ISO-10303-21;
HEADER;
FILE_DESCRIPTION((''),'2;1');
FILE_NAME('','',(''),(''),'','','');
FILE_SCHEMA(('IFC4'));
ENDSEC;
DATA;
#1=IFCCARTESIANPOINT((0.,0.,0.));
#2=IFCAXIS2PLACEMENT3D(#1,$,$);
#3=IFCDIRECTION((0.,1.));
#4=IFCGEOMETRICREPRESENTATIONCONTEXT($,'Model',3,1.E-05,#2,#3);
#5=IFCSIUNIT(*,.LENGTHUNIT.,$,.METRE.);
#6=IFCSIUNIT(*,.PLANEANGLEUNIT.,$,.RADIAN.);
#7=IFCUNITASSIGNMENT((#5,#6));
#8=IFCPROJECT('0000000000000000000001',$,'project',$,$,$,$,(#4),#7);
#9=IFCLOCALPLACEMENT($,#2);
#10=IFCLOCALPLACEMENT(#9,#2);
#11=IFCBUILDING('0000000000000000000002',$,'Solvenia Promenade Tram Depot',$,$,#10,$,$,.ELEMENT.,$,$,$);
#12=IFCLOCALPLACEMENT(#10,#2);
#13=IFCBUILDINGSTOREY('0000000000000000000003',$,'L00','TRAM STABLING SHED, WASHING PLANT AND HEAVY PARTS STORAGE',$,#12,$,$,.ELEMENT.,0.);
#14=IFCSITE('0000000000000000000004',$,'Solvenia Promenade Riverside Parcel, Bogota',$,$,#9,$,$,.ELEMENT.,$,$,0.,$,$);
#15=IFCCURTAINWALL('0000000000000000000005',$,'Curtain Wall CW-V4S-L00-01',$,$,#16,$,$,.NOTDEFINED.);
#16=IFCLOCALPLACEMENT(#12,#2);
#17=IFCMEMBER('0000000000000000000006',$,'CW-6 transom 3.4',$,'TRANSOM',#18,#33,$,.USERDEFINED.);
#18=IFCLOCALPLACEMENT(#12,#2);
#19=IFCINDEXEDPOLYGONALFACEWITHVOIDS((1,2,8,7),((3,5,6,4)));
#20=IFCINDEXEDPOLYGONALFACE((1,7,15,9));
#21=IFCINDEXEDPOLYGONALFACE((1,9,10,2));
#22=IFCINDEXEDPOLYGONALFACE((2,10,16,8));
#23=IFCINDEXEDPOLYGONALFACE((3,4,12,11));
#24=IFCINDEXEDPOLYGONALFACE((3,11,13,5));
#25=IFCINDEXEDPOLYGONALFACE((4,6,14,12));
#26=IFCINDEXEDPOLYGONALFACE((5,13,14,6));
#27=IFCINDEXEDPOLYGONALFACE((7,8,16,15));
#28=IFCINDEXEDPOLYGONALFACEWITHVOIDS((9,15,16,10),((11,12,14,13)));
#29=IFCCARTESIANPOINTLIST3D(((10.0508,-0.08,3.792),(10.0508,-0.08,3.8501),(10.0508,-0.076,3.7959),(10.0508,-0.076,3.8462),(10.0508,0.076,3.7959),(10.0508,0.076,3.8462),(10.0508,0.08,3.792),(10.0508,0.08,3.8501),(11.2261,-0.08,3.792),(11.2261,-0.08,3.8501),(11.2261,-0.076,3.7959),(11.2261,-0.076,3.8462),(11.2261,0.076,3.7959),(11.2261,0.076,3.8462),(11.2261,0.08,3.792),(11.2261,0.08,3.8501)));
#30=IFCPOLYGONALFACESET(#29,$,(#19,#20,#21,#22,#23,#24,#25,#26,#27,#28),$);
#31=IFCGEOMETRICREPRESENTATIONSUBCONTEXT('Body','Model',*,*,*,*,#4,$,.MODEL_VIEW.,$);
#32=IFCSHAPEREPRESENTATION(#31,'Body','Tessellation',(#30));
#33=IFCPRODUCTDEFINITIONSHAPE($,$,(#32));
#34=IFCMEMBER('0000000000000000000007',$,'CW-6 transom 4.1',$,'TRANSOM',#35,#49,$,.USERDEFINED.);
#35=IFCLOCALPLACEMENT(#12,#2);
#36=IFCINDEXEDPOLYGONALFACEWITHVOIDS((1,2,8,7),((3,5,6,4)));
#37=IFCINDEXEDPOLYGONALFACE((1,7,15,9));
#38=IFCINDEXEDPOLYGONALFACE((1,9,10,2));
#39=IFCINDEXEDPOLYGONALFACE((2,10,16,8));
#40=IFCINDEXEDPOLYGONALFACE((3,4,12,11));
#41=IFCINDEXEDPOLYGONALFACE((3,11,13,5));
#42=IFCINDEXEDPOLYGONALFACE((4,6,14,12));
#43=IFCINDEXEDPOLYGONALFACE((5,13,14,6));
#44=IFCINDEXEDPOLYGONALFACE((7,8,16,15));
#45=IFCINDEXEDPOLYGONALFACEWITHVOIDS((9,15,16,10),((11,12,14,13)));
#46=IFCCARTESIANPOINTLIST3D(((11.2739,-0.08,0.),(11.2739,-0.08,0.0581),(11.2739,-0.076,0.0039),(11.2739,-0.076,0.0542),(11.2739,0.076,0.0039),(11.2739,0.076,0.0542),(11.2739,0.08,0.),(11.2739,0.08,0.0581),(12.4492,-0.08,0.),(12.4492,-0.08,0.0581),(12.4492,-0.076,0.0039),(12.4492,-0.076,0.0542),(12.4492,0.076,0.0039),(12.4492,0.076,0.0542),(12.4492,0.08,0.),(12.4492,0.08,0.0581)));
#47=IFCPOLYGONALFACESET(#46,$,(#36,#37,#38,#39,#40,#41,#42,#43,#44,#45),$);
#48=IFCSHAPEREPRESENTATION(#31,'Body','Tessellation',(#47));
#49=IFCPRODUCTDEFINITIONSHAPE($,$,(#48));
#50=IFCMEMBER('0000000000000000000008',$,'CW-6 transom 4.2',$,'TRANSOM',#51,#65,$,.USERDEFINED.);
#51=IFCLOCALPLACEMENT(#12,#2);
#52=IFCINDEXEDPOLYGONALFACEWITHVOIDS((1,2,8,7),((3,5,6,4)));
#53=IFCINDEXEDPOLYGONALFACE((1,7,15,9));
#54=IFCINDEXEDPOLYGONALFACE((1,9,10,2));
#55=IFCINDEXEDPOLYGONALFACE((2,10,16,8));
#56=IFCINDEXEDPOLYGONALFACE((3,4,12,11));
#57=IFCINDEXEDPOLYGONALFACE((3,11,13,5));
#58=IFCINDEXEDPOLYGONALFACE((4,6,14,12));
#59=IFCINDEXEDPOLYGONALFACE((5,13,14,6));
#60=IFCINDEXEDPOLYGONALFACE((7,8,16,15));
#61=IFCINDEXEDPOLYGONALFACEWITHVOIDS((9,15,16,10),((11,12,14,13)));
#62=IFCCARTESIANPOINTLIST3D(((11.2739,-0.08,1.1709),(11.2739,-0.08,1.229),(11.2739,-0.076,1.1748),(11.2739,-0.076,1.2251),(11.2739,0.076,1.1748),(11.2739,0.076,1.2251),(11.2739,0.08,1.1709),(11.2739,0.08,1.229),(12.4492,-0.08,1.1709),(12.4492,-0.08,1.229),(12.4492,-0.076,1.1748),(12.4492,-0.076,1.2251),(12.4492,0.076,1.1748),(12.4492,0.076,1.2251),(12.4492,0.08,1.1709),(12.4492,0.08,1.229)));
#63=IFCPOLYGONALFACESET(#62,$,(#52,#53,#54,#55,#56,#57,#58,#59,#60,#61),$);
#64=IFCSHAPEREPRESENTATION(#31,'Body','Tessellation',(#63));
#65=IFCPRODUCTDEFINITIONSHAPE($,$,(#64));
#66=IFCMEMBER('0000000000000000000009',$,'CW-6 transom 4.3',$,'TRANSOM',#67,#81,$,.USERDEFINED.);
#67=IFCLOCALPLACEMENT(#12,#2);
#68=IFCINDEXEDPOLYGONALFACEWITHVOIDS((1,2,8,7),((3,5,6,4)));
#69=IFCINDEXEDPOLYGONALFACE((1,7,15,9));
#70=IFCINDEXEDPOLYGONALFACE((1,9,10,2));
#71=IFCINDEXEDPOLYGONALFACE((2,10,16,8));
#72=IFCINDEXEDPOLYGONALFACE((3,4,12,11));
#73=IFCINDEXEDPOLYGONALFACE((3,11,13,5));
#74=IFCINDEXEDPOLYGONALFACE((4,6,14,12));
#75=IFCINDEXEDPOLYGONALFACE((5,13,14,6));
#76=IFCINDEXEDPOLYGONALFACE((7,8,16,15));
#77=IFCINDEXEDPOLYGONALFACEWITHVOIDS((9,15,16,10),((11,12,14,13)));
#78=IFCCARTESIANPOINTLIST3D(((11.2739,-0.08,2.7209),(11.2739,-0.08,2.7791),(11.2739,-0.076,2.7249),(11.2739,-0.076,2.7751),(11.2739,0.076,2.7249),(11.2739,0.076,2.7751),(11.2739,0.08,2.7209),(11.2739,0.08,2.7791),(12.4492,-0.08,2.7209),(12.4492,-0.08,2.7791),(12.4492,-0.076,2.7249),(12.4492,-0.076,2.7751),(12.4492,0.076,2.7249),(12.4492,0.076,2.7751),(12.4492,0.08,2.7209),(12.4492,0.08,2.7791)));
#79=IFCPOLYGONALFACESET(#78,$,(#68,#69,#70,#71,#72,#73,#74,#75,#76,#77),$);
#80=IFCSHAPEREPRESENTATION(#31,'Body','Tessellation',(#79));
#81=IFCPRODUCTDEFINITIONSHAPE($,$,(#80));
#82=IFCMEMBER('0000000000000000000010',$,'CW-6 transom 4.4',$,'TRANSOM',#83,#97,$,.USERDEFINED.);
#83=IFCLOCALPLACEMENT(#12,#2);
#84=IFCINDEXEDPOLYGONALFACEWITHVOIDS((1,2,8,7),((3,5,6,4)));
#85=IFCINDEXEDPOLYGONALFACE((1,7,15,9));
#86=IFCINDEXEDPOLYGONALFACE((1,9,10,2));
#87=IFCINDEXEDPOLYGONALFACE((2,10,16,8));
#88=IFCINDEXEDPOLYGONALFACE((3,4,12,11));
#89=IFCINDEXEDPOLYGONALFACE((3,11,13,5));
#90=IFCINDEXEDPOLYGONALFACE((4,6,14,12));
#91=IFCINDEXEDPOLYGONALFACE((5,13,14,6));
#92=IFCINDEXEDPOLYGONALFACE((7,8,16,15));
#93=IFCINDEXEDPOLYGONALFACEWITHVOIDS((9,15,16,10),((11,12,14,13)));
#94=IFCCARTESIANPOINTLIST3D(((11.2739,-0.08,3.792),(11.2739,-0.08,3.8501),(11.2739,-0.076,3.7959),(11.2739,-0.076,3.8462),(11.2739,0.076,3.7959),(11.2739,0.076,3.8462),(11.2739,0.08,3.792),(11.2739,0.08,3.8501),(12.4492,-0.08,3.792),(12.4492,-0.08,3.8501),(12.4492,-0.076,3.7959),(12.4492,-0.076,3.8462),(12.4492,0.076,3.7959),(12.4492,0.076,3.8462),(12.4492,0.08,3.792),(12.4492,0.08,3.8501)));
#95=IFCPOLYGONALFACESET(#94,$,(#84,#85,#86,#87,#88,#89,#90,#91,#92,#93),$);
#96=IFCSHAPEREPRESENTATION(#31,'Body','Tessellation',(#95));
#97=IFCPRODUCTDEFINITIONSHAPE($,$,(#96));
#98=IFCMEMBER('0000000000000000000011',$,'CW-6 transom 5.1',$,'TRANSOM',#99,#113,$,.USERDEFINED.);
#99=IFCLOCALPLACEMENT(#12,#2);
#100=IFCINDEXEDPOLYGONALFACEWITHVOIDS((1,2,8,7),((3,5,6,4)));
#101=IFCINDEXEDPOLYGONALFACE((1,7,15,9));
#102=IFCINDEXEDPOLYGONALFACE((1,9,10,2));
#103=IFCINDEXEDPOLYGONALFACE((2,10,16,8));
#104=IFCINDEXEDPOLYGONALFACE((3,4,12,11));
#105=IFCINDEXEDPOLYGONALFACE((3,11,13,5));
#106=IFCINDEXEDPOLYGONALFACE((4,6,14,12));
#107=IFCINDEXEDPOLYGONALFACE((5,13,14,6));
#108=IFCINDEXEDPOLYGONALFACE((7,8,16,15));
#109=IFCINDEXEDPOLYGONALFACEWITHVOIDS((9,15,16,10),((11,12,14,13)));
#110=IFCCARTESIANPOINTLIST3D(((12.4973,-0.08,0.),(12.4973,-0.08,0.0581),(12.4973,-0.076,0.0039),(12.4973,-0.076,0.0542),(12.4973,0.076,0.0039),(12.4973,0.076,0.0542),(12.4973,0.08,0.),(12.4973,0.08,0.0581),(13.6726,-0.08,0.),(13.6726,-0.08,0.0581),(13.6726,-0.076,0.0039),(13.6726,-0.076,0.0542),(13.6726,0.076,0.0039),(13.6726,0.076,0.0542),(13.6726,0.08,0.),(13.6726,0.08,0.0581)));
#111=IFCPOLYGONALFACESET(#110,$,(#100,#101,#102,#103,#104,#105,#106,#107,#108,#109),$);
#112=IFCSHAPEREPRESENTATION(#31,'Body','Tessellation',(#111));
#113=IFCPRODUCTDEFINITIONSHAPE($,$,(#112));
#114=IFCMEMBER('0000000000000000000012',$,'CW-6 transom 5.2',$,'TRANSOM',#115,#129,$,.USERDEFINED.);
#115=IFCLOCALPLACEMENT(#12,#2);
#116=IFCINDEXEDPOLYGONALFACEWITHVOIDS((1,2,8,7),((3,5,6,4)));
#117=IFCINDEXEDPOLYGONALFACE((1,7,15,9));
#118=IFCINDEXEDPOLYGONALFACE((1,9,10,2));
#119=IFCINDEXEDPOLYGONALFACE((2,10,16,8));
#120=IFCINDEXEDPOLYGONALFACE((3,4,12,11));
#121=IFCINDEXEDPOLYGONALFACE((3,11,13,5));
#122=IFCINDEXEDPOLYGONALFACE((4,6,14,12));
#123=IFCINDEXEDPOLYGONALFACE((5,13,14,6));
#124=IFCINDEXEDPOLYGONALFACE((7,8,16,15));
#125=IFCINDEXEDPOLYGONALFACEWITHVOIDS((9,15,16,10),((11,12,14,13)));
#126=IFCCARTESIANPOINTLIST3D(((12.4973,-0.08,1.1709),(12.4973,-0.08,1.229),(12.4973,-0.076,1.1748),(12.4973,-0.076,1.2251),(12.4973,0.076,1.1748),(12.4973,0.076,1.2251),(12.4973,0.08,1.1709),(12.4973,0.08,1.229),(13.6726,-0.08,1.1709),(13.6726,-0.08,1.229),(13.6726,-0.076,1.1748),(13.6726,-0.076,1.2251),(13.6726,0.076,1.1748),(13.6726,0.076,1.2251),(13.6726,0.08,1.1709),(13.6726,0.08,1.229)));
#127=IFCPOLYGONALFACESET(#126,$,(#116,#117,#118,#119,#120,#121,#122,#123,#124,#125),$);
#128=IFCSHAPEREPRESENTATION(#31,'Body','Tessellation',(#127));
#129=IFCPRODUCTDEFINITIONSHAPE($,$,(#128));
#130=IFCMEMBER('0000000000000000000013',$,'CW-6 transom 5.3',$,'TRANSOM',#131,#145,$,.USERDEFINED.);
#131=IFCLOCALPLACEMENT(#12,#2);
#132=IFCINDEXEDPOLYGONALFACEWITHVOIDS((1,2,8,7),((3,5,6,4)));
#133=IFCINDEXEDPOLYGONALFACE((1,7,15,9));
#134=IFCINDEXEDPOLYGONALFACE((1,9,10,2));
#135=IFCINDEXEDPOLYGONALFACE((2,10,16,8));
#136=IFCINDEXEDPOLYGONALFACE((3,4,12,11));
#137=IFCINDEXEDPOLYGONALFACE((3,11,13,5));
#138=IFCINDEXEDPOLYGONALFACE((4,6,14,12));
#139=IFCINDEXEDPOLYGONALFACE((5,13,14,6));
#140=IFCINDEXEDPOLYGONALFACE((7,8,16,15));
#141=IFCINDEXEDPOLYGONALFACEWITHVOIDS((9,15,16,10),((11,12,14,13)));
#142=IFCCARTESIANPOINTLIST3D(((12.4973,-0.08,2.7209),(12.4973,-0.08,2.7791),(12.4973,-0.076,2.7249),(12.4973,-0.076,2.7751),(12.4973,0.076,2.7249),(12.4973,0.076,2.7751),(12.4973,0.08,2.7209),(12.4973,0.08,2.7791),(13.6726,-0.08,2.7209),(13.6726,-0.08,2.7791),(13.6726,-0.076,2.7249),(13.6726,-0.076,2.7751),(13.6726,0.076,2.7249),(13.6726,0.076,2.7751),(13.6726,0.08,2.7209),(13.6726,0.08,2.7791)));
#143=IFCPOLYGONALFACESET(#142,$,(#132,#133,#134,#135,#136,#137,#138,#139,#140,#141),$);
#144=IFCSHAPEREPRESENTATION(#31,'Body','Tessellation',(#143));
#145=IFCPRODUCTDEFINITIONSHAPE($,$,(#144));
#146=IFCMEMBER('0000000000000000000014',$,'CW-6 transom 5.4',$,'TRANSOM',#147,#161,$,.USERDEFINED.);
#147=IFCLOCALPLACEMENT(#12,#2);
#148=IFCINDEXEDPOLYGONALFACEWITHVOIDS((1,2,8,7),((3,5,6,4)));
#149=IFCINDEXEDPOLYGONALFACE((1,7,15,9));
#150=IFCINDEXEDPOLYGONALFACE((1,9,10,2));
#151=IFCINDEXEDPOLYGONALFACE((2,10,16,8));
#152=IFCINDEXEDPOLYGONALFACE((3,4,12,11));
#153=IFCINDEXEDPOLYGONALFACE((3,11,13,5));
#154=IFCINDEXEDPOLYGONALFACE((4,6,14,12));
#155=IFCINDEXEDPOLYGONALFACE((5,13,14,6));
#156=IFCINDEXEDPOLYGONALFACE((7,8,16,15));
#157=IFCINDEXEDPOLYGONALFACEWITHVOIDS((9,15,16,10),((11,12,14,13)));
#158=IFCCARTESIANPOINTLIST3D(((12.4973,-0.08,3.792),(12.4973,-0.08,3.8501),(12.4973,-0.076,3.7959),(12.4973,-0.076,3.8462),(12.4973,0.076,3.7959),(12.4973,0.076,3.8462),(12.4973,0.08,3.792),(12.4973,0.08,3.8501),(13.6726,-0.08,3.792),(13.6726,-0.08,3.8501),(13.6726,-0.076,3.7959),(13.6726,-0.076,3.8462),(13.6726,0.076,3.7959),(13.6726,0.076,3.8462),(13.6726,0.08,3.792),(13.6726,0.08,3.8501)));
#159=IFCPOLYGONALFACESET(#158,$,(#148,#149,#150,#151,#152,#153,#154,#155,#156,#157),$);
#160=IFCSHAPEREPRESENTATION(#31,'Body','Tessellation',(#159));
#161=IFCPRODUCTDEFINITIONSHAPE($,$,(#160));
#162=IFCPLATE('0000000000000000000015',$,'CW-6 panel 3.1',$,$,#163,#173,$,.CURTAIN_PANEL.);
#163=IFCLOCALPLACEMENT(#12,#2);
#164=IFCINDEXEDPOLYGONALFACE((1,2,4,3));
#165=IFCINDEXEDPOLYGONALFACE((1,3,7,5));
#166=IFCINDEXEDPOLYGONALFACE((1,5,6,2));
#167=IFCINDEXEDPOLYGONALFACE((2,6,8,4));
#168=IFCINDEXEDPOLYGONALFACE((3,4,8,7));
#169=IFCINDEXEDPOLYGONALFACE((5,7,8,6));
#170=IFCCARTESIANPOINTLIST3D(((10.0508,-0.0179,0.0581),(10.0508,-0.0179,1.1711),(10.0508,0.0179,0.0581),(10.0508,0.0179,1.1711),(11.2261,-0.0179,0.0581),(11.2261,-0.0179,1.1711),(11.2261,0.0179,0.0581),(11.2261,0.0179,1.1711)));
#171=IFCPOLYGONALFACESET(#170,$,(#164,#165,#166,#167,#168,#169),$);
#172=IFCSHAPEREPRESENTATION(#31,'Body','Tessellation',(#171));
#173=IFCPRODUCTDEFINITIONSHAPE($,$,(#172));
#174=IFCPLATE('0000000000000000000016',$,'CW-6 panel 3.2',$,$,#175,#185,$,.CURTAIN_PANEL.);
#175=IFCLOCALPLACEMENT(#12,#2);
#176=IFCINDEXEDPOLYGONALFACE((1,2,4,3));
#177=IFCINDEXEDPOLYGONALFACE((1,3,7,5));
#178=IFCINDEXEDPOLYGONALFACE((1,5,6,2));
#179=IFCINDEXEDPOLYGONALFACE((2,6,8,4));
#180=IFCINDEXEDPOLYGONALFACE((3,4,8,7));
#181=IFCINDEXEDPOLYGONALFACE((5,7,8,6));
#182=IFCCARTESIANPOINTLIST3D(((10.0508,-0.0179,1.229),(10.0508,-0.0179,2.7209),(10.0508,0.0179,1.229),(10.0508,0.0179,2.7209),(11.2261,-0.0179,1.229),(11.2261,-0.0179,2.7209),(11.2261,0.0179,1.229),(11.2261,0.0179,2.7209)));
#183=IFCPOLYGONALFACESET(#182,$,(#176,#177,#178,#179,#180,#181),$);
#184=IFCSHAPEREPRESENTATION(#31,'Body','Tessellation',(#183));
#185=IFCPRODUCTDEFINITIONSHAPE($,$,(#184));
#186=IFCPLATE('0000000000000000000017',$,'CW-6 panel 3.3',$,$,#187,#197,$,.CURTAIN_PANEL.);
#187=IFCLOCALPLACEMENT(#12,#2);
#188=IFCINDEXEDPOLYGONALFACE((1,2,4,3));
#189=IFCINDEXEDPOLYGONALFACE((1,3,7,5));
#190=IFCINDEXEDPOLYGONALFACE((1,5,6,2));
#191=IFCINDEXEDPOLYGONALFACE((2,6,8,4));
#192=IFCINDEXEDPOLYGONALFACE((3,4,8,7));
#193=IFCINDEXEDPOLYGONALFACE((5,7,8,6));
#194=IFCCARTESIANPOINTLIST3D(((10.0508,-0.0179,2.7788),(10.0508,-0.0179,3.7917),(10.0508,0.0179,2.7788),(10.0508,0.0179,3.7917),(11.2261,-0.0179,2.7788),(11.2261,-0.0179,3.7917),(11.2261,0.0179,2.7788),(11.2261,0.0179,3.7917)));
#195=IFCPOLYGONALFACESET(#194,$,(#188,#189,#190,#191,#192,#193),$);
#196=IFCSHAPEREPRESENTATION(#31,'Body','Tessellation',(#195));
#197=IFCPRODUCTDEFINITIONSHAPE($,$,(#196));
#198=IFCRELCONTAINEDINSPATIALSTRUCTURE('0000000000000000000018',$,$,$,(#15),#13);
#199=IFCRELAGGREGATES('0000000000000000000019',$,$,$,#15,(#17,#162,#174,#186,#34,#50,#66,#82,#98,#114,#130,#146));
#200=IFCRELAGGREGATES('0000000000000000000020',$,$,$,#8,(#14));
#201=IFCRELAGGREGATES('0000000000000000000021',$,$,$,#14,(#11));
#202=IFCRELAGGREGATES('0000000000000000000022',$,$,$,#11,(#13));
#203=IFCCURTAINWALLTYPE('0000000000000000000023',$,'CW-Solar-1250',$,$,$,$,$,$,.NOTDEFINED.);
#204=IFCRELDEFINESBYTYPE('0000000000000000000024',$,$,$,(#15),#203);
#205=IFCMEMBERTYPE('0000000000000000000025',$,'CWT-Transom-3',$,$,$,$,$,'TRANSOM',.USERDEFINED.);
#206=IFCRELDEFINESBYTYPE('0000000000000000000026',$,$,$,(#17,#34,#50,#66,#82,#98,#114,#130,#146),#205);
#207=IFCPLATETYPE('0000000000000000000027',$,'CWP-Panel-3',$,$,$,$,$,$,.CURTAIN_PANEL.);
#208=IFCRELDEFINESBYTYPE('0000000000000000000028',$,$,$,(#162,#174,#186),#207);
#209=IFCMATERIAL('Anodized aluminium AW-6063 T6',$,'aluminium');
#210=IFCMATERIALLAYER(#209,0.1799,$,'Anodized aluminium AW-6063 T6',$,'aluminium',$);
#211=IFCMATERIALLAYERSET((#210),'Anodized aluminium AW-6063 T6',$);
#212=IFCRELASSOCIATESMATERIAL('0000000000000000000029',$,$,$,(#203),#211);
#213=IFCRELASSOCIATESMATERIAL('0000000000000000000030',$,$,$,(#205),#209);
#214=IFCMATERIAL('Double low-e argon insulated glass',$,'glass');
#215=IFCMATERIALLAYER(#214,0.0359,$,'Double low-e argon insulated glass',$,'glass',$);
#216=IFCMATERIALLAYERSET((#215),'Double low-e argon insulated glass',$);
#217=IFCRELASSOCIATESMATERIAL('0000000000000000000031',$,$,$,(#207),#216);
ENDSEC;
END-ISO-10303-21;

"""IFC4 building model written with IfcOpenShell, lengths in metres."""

from ifc_helpers import new_model, si_unit, direction, frame, origin, origin_2d, place, context, subcontext, project, spatial, rectangle, hollow_rectangle, extrude, material, layer, layer_set, material_profile, profile_set, type_object, element, aggregate, save


model = new_model("IFC4")

# Units and contexts
model_context = context("Model", 3, precision=1e-05, world=origin(), true_north=direction((0.0, 1.0)))
body_context = subcontext(model_context, "Body", "Model", "MODEL_VIEW")
ifc_project = project(units=[si_unit("LENGTHUNIT", "METRE"), si_unit("PLANEANGLEUNIT", "RADIAN")], contexts=[model_context])

# Site, building, storey
site_placement = place(None, origin())
site = spatial("IfcSite", under=ifc_project, at=site_placement, Name="Solvenia Promenade Riverside Parcel, Bogota", CompositionType="ELEMENT", RefElevation=0.0)
building_placement = place(site_placement, origin())
building = spatial("IfcBuilding", under=site, at=building_placement, Name="Solvenia Promenade Tram Depot", CompositionType="ELEMENT")
storey_placement = place(building_placement, origin())
storey = spatial("IfcBuildingStorey", under=building, at=storey_placement, Name="L00", Description="TRAM STABLING SHED, WASHING PLANT AND HEAVY PARTS STORAGE", CompositionType="ELEMENT", Elevation=0.0)

# Curtain wall, members, plates
ifc_material_1 = material(Name="Anodized aluminium AW-6063 T6", Category="aluminium")
ifc_layer_1 = layer(ifc_material_1, 0.1799, Name="Anodized aluminium AW-6063 T6", Category="aluminium")
ifc_layer_set_1 = layer_set([ifc_layer_1], Name="Anodized aluminium AW-6063 T6")
curtain_wall_type = type_object("IfcCurtainWallType", Name="CW-Solar-1250", PredefinedType="NOTDEFINED", material=ifc_layer_set_1)
curtain_wall_placement = place(storey_placement, origin())
curtain_wall = element("IfcCurtainWall", 1, at=curtain_wall_placement, inside=storey, type_object=curtain_wall_type, Name="Curtain Wall CW-V4S-L00-01", PredefinedType="NOTDEFINED")
ifc_material_profile_1 = material_profile(ifc_material_1, hollow_rectangle(XDim=0.1599, YDim=0.0581, WallThickness=0.0039, at=origin_2d()), Name="ALU-T3", Category="aluminium")
ifc_profile_set_1 = profile_set([ifc_material_profile_1], Name="Anodized aluminium AW-6063 T6")
member_type_1 = type_object("IfcMemberType", Name="CWT-Transom-3", ElementType="TRANSOM", PredefinedType="USERDEFINED", material=ifc_profile_set_1)
member_1_placement = place(storey_placement, frame((10.0508, 0.0, 3.821), z_axis=(1.0, 0.0, 0.0), x_axis=(0.0, 1.0, 0.0)))
member_1 = element("IfcMember", 2, at=member_1_placement, type_object=member_type_1, Name="CW-6 transom 3.4", ObjectType="TRANSOM", PredefinedType="USERDEFINED", context=body_context, shape_type="SweptSolid", body=[
    extrude(hollow_rectangle(XDim=0.1599, YDim=0.0581, WallThickness=0.0039, at=origin_2d()), origin(), (0.0, 0.0, 1.0), 1.1753),
])
member_2_placement = place(storey_placement, frame((11.2739, 0.0, 0.0291), z_axis=(1.0, 0.0, 0.0), x_axis=(0.0, 1.0, 0.0)))
member_2 = element("IfcMember", 3, at=member_2_placement, type_object=member_type_1, Name="CW-6 transom 4.1", ObjectType="TRANSOM", PredefinedType="USERDEFINED", context=body_context, shape_type="SweptSolid", body=[
    extrude(hollow_rectangle(XDim=0.1599, YDim=0.0581, WallThickness=0.0039, at=origin_2d()), origin(), (0.0, 0.0, 1.0), 1.1753),
])
member_3_placement = place(storey_placement, frame((11.2739, 0.0, 1.2), z_axis=(1.0, 0.0, 0.0), x_axis=(0.0, 1.0, 0.0)))
member_3 = element("IfcMember", 4, at=member_3_placement, type_object=member_type_1, Name="CW-6 transom 4.2", ObjectType="TRANSOM", PredefinedType="USERDEFINED", context=body_context, shape_type="SweptSolid", body=[
    extrude(hollow_rectangle(XDim=0.1599, YDim=0.0581, WallThickness=0.0039, at=origin_2d()), origin(), (0.0, 0.0, 1.0), 1.1753),
])
member_4_placement = place(storey_placement, frame((11.2739, 0.0, 2.75), z_axis=(1.0, 0.0, 0.0), x_axis=(0.0, 1.0, 0.0)))
member_4 = element("IfcMember", 5, at=member_4_placement, type_object=member_type_1, Name="CW-6 transom 4.3", ObjectType="TRANSOM", PredefinedType="USERDEFINED", context=body_context, shape_type="SweptSolid", body=[
    extrude(hollow_rectangle(XDim=0.1599, YDim=0.0581, WallThickness=0.0039, at=origin_2d()), origin(), (0.0, 0.0, 1.0), 1.1753),
])
member_5_placement = place(storey_placement, frame((11.2739, 0.0, 3.821), z_axis=(1.0, 0.0, 0.0), x_axis=(0.0, 1.0, 0.0)))
member_5 = element("IfcMember", 6, at=member_5_placement, type_object=member_type_1, Name="CW-6 transom 4.4", ObjectType="TRANSOM", PredefinedType="USERDEFINED", context=body_context, shape_type="SweptSolid", body=[
    extrude(hollow_rectangle(XDim=0.1599, YDim=0.0581, WallThickness=0.0039, at=origin_2d()), origin(), (0.0, 0.0, 1.0), 1.1753),
])
member_6_placement = place(storey_placement, frame((12.4973, 0.0, 0.0291), z_axis=(1.0, 0.0, 0.0), x_axis=(0.0, 1.0, 0.0)))
member_6 = element("IfcMember", 7, at=member_6_placement, type_object=member_type_1, Name="CW-6 transom 5.1", ObjectType="TRANSOM", PredefinedType="USERDEFINED", context=body_context, shape_type="SweptSolid", body=[
    extrude(hollow_rectangle(XDim=0.1599, YDim=0.0581, WallThickness=0.0039, at=origin_2d()), origin(), (0.0, 0.0, 1.0), 1.1753),
])
member_7_placement = place(storey_placement, frame((12.4973, 0.0, 1.2), z_axis=(1.0, 0.0, 0.0), x_axis=(0.0, 1.0, 0.0)))
member_7 = element("IfcMember", 8, at=member_7_placement, type_object=member_type_1, Name="CW-6 transom 5.2", ObjectType="TRANSOM", PredefinedType="USERDEFINED", context=body_context, shape_type="SweptSolid", body=[
    extrude(hollow_rectangle(XDim=0.1599, YDim=0.0581, WallThickness=0.0039, at=origin_2d()), origin(), (0.0, 0.0, 1.0), 1.1753),
])
member_8_placement = place(storey_placement, frame((12.4973, 0.0, 2.75), z_axis=(1.0, 0.0, 0.0), x_axis=(0.0, 1.0, 0.0)))
member_8 = element("IfcMember", 9, at=member_8_placement, type_object=member_type_1, Name="CW-6 transom 5.3", ObjectType="TRANSOM", PredefinedType="USERDEFINED", context=body_context, shape_type="SweptSolid", body=[
    extrude(hollow_rectangle(XDim=0.1599, YDim=0.0581, WallThickness=0.0039, at=origin_2d()), origin(), (0.0, 0.0, 1.0), 1.1753),
])
member_9_placement = place(storey_placement, frame((12.4973, 0.0, 3.821), z_axis=(1.0, 0.0, 0.0), x_axis=(0.0, 1.0, 0.0)))
member_9 = element("IfcMember", 10, at=member_9_placement, type_object=member_type_1, Name="CW-6 transom 5.4", ObjectType="TRANSOM", PredefinedType="USERDEFINED", context=body_context, shape_type="SweptSolid", body=[
    extrude(hollow_rectangle(XDim=0.1599, YDim=0.0581, WallThickness=0.0039, at=origin_2d()), origin(), (0.0, 0.0, 1.0), 1.1753),
])
ifc_material_2 = material(Name="Double low-e argon insulated glass", Category="glass")
ifc_layer_2 = layer(ifc_material_2, 0.0359, Name="Double low-e argon insulated glass", Category="glass")
ifc_layer_set_2 = layer_set([ifc_layer_2], Name="Double low-e argon insulated glass")
plate_type = type_object("IfcPlateType", Name="CWP-Panel-3", PredefinedType="CURTAIN_PANEL", material=ifc_layer_set_2)
plate_1_placement = place(storey_placement, frame((10.6384, 0.0, 0.0581), z_axis=(0.0, 0.0, 1.0), x_axis=(1.0, 0.0, 0.0)))
plate_1 = element("IfcPlate", 11, at=plate_1_placement, type_object=plate_type, Name="CW-6 panel 3.1", PredefinedType="CURTAIN_PANEL", context=body_context, shape_type="SweptSolid", body=[
    extrude(rectangle(XDim=1.1753, YDim=0.0359, at=origin_2d()), origin(), (0.0, 0.0, 1.0), 1.113),
])
plate_2_placement = place(storey_placement, frame((10.6384, 0.0, 1.229), z_axis=(0.0, 0.0, 1.0), x_axis=(1.0, 0.0, 0.0)))
plate_2 = element("IfcPlate", 12, at=plate_2_placement, type_object=plate_type, Name="CW-6 panel 3.2", PredefinedType="CURTAIN_PANEL", context=body_context, shape_type="SweptSolid", body=[
    extrude(rectangle(XDim=1.1753, YDim=0.0359, at=origin_2d()), origin(), (0.0, 0.0, 1.0), 1.4919),
])
plate_3_placement = place(storey_placement, frame((10.6384, 0.0, 2.7788), z_axis=(0.0, 0.0, 1.0), x_axis=(1.0, 0.0, 0.0)))
plate_3 = element("IfcPlate", 13, at=plate_3_placement, type_object=plate_type, Name="CW-6 panel 3.3", PredefinedType="CURTAIN_PANEL", context=body_context, shape_type="SweptSolid", body=[
    extrude(rectangle(XDim=1.1753, YDim=0.0359, at=origin_2d()), origin(), (0.0, 0.0, 1.0), 1.0129),
])
aggregate(curtain_wall, [member_1, plate_1, plate_2, plate_3, member_2, member_3, member_4, member_5, member_6, member_7, member_8, member_9])

save(model, "model.ifc")
